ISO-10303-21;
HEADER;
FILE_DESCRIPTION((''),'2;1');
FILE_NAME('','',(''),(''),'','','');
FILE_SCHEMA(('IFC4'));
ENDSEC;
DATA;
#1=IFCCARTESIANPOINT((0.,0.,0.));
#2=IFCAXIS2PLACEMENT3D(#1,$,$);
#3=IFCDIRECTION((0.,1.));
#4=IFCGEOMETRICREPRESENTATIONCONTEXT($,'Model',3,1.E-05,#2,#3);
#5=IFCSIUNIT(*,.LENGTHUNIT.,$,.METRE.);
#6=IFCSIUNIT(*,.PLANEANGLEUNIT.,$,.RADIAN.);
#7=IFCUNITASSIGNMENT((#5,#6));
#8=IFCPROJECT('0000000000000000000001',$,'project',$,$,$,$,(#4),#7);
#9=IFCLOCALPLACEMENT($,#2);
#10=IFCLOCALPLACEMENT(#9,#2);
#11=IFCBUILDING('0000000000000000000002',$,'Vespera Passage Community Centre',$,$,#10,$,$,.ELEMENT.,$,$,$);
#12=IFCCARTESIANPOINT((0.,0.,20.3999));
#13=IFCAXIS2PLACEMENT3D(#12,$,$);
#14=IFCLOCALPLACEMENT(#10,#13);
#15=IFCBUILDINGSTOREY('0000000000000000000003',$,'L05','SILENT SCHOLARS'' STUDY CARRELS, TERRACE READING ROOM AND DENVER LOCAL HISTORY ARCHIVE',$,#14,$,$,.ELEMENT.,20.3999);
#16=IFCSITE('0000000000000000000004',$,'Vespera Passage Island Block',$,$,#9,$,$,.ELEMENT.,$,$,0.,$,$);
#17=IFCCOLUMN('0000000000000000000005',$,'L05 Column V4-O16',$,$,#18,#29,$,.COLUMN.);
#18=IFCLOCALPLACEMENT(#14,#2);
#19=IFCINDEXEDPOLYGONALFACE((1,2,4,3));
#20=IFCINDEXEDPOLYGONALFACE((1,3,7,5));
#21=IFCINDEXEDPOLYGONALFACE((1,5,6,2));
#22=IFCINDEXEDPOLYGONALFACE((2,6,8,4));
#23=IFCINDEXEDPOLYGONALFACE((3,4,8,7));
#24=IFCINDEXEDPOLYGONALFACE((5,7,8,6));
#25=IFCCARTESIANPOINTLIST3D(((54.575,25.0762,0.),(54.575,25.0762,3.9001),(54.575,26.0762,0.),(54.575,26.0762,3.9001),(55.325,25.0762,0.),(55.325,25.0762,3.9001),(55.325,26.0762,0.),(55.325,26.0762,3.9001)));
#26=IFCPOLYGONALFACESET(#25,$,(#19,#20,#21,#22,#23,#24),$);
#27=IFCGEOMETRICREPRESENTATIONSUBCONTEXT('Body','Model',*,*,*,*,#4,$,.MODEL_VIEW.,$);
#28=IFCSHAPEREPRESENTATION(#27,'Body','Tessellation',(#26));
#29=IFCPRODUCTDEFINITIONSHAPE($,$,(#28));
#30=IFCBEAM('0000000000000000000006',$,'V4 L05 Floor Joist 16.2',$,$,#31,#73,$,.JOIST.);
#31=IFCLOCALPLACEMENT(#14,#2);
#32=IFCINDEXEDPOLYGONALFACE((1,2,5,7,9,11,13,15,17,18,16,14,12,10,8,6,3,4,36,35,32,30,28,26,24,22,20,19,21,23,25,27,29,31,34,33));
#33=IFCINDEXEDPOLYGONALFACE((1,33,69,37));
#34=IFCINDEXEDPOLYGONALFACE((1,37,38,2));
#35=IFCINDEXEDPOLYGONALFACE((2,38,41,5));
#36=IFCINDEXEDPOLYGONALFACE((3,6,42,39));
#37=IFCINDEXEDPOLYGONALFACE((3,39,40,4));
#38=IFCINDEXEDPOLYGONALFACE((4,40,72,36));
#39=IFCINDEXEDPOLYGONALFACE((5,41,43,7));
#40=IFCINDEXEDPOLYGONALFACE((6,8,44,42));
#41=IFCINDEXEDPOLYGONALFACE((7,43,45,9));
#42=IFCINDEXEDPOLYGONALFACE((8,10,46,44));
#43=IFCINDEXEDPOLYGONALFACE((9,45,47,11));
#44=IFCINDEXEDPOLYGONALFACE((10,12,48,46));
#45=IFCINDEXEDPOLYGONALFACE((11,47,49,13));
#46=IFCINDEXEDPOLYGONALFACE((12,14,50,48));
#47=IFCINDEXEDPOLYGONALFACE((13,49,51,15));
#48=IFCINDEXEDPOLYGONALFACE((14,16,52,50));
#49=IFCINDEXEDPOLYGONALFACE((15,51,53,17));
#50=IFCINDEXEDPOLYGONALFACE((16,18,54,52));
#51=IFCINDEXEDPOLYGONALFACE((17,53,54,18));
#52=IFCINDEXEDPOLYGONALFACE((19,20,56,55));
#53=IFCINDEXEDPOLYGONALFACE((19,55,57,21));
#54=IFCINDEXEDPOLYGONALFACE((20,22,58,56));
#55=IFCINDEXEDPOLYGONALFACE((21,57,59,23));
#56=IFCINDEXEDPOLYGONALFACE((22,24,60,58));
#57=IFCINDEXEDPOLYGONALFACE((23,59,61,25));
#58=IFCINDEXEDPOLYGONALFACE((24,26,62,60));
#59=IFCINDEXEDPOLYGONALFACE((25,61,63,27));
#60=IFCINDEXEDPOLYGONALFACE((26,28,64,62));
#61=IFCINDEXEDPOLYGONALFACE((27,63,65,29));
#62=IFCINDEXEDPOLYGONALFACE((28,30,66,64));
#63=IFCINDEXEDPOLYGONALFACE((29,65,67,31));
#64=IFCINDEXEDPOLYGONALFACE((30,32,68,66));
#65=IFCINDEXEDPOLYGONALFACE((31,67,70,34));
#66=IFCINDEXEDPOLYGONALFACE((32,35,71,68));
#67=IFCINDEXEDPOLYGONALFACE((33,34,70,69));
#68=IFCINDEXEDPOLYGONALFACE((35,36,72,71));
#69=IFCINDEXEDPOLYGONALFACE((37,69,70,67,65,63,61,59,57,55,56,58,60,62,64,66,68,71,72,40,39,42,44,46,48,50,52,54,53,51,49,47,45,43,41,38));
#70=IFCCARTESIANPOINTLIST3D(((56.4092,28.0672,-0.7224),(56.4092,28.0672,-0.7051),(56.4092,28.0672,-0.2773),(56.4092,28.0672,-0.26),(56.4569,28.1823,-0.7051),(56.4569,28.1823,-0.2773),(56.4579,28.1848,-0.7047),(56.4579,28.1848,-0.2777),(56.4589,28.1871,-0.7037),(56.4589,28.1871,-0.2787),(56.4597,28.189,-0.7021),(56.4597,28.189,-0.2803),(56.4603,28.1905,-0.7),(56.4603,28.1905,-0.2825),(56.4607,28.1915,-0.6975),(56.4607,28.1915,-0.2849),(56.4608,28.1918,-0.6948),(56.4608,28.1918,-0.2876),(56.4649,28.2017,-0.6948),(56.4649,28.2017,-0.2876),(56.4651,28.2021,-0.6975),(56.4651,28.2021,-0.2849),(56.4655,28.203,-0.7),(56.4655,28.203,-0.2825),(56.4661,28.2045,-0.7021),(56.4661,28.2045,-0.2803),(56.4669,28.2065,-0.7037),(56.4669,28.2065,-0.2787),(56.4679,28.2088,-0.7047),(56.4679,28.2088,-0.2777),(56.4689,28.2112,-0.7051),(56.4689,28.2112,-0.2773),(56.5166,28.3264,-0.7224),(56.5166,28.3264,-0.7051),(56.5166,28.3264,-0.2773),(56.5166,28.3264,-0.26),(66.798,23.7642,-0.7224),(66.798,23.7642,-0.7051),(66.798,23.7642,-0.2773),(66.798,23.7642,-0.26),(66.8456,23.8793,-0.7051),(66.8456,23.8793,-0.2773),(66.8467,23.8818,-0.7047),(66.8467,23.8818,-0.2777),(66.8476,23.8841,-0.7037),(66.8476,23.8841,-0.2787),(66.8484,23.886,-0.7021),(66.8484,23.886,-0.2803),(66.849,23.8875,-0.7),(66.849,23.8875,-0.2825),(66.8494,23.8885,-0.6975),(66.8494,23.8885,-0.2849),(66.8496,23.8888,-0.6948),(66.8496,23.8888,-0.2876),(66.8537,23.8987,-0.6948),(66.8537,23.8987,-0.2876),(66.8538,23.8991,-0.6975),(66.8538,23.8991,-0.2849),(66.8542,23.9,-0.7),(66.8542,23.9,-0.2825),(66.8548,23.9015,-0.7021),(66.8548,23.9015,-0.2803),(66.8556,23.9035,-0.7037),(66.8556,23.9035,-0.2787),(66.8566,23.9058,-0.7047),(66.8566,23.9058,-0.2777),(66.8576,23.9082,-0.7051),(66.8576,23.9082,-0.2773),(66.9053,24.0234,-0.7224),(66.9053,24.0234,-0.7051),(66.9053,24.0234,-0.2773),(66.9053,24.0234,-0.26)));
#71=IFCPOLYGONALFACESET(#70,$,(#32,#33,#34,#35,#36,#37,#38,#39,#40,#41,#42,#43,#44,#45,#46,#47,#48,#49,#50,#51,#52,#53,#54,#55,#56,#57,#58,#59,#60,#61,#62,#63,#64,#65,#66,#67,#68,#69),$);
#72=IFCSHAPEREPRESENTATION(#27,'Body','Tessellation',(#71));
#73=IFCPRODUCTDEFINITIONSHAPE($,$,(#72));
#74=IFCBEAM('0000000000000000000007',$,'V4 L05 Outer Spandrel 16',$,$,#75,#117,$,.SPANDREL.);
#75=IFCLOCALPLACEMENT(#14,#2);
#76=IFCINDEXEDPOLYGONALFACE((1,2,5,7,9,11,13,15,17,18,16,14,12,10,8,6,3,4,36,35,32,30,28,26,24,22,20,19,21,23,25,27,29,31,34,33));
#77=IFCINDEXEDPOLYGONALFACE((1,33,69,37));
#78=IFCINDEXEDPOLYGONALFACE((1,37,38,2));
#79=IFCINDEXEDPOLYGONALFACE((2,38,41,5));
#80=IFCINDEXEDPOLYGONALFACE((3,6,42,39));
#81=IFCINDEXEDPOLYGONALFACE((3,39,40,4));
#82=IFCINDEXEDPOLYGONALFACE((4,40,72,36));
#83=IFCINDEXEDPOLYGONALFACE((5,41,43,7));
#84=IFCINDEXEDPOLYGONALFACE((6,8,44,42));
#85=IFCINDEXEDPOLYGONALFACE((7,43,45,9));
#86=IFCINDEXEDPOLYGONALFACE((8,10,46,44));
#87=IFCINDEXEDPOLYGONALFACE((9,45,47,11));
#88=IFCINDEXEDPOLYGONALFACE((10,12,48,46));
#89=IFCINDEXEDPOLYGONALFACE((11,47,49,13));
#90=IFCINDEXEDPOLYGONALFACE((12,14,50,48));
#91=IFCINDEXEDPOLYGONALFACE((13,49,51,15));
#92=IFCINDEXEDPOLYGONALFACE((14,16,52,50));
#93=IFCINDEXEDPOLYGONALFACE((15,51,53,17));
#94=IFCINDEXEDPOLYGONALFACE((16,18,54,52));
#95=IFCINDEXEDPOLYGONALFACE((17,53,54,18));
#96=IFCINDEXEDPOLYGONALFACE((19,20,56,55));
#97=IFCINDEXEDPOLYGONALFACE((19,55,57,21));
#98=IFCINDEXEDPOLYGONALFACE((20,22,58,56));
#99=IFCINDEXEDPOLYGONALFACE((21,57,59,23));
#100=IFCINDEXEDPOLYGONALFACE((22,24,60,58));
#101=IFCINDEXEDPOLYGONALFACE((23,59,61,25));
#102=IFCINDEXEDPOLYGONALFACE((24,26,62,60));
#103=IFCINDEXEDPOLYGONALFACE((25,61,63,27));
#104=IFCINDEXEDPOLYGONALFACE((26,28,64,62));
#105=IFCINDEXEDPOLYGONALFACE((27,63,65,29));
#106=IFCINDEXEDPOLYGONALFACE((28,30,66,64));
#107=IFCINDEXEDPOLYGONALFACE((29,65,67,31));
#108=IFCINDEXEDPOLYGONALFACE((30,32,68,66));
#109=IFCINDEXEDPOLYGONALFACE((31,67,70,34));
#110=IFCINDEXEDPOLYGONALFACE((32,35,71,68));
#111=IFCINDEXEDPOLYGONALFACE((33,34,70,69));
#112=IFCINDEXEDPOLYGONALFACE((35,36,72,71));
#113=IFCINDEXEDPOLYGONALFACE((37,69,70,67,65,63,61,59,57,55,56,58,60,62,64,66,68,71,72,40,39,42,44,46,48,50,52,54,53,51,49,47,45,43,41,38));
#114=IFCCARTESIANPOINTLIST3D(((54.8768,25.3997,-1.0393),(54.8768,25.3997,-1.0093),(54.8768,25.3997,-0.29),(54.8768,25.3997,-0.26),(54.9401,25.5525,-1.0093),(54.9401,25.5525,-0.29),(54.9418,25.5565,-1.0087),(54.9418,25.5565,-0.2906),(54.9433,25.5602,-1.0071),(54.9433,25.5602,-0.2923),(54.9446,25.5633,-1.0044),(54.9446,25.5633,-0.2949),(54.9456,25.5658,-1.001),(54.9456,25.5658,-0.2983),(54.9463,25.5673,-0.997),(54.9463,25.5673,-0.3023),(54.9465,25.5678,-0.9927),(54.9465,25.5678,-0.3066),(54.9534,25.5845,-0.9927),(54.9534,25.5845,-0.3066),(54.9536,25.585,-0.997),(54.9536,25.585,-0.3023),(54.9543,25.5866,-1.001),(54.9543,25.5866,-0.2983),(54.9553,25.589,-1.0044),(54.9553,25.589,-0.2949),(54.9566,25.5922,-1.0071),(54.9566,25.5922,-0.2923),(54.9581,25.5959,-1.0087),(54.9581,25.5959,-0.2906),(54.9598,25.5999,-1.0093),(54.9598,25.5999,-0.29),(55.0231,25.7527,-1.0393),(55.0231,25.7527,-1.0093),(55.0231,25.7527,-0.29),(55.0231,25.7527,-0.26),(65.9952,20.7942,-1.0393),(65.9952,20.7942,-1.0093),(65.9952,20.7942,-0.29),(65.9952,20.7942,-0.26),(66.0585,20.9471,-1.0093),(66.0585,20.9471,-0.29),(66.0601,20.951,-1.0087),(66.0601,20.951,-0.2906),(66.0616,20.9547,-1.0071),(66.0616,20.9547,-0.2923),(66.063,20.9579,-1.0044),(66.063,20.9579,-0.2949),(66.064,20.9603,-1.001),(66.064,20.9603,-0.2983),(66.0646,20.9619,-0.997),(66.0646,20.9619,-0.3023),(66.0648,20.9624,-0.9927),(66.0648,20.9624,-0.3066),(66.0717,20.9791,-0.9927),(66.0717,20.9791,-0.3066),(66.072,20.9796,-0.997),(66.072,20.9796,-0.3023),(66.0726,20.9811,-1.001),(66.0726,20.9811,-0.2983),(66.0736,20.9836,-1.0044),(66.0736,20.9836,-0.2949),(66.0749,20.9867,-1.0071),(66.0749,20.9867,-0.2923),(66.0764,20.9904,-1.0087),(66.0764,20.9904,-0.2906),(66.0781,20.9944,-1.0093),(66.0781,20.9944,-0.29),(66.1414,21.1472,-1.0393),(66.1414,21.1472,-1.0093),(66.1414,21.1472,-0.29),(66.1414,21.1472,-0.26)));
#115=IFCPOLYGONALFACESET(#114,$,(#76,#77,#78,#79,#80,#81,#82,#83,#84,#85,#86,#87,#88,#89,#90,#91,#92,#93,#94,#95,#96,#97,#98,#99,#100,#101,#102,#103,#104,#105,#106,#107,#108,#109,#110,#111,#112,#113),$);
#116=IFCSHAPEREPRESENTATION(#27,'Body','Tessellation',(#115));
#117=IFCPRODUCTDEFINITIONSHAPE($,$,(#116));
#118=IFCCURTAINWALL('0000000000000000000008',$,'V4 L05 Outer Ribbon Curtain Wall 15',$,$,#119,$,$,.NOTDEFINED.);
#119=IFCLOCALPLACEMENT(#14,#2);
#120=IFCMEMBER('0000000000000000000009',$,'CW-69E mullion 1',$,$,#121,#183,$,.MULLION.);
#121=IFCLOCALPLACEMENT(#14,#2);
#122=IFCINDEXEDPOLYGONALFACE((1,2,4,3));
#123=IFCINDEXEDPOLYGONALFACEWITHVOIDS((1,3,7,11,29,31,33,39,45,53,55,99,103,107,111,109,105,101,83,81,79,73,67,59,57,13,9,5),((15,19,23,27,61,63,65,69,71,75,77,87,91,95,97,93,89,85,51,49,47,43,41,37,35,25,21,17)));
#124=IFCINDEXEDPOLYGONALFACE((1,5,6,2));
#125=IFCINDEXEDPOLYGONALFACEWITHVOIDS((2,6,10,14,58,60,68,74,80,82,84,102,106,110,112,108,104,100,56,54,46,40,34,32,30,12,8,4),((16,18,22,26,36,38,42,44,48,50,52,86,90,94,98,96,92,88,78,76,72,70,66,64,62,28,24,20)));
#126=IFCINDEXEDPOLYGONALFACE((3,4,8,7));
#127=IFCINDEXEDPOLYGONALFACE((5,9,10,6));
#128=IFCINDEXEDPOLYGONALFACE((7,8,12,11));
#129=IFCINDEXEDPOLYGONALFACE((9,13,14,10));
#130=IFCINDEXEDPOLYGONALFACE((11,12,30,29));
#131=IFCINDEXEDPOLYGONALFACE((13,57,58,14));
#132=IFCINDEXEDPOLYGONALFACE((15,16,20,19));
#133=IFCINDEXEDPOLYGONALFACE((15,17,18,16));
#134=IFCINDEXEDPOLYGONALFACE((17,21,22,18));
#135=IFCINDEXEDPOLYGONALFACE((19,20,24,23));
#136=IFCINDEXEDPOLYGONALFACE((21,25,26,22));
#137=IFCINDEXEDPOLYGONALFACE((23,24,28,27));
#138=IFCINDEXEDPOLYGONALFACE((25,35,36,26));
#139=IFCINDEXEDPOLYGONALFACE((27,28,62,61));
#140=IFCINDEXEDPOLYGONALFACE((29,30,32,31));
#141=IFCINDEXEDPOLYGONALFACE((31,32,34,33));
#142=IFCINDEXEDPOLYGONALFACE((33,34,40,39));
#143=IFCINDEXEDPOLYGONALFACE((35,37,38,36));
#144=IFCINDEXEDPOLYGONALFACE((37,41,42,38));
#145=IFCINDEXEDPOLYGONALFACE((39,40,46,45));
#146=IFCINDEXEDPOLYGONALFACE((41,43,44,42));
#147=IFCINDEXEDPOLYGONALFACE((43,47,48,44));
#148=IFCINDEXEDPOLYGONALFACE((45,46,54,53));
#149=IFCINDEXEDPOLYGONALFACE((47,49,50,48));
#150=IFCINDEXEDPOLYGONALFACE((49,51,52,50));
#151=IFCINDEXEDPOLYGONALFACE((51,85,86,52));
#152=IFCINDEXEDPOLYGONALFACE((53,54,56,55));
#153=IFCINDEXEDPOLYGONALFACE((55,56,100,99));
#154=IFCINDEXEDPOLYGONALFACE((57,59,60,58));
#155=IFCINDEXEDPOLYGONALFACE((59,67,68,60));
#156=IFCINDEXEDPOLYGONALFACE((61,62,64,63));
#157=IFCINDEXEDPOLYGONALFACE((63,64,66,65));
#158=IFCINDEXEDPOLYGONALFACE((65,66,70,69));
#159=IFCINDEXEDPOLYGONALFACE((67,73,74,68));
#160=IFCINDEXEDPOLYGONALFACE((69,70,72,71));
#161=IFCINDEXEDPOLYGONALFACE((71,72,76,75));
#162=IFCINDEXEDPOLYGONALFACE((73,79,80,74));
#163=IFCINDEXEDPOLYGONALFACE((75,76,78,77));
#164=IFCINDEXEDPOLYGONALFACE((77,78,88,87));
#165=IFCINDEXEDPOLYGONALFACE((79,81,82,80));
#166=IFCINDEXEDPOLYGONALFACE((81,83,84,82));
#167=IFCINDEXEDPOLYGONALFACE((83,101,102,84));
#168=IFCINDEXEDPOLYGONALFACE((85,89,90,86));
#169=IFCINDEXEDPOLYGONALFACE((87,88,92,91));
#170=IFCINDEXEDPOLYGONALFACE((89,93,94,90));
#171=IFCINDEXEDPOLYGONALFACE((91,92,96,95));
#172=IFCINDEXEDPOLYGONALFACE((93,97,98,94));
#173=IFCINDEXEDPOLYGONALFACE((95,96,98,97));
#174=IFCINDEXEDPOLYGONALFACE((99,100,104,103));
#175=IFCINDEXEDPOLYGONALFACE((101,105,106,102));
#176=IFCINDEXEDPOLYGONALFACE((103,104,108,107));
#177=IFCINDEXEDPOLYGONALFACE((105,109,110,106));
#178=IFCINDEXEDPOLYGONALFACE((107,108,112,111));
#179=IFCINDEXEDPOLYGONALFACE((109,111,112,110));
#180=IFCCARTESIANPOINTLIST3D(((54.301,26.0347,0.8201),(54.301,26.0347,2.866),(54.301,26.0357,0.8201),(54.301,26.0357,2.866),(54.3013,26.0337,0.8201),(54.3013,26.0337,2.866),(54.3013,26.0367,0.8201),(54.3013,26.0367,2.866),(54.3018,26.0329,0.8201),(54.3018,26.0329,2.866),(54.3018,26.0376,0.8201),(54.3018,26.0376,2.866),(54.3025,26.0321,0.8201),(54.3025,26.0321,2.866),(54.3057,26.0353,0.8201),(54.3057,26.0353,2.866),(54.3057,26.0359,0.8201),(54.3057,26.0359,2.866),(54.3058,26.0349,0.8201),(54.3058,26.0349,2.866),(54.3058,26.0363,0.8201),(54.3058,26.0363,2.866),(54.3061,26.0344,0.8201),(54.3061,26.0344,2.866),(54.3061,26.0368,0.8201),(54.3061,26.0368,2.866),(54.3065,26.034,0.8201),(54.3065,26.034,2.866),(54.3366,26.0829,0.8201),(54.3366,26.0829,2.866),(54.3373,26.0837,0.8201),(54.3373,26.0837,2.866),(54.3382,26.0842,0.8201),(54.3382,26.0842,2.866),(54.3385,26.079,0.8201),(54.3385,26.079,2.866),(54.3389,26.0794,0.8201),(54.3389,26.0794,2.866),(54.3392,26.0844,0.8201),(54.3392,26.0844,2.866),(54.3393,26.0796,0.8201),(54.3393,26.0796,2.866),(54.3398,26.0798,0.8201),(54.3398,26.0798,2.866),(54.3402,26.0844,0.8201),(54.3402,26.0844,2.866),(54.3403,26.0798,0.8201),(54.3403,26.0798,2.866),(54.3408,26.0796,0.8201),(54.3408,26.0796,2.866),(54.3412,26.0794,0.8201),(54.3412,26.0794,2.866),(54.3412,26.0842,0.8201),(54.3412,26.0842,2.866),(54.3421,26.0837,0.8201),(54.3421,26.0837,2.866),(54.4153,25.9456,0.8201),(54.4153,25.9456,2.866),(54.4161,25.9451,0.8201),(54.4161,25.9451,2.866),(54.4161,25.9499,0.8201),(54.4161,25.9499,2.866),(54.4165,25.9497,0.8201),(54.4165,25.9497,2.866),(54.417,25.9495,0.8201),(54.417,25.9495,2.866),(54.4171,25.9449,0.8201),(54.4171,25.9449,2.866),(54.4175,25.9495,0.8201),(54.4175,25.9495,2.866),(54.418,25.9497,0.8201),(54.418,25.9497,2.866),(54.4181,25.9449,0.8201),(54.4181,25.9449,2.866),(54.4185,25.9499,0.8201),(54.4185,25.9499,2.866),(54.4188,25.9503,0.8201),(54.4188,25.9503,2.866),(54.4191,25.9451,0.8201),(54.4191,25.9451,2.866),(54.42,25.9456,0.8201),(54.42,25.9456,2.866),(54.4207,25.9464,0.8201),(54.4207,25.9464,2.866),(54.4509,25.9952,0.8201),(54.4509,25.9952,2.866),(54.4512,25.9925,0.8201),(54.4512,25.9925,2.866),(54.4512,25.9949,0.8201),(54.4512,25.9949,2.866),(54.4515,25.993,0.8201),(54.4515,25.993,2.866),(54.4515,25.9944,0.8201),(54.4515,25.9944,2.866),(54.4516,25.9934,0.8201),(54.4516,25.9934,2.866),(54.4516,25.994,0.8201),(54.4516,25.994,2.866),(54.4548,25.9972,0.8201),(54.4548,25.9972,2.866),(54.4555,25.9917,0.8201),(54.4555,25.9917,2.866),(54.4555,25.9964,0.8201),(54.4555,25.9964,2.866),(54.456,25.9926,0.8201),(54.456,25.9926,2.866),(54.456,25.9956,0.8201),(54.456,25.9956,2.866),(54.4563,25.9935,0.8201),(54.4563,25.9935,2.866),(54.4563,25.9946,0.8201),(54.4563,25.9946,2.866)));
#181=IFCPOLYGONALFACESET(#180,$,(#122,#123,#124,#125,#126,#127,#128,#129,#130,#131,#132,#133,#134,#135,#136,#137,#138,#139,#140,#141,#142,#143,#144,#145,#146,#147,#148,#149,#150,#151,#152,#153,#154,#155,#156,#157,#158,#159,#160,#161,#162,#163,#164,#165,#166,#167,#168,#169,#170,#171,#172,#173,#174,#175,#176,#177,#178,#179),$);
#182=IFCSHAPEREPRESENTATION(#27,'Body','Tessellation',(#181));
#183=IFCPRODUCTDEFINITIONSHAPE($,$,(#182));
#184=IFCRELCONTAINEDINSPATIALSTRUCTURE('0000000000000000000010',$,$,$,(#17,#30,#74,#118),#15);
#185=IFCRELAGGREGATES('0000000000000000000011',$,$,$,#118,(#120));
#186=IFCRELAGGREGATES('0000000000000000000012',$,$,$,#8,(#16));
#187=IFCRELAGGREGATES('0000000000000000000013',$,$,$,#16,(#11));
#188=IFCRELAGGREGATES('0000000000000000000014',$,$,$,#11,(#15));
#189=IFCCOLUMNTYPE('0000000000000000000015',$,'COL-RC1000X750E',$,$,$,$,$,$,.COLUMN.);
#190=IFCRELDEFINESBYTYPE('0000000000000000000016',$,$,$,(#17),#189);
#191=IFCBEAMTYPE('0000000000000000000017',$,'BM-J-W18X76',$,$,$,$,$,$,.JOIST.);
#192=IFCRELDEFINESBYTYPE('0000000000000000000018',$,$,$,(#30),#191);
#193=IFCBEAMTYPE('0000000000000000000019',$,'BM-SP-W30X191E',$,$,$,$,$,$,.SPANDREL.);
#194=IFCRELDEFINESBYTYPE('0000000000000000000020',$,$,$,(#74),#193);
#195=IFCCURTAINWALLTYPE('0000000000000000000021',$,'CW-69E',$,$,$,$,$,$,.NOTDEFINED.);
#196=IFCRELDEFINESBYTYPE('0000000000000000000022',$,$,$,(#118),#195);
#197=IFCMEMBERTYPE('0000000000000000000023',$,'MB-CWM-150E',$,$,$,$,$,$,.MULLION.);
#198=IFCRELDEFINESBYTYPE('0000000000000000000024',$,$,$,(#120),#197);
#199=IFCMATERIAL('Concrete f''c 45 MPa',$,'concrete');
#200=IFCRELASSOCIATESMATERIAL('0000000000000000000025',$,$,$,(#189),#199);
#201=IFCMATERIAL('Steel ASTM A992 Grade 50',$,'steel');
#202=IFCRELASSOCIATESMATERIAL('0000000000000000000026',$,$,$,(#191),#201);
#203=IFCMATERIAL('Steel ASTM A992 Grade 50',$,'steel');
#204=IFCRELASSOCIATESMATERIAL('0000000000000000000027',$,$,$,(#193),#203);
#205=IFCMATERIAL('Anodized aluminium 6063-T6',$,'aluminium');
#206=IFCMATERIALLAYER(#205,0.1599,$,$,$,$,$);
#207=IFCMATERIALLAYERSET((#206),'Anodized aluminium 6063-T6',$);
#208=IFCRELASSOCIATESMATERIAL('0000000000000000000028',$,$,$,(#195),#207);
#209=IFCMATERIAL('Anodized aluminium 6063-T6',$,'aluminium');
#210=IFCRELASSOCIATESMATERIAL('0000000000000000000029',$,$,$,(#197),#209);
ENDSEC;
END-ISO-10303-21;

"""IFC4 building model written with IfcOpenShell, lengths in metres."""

from ifc_helpers import new_model, si_unit, direction, frame, origin, origin_2d, place, context, subcontext, project, spatial, rectangle, hollow_rectangle, i_section, extrude, material, layer, layer_set, material_profile, profile_set, type_object, element, aggregate, save


model = new_model("IFC4")

# Units and contexts
model_context = context("Model", 3, precision=1e-05, world=origin(), true_north=direction((0.0, 1.0)))
body_context = subcontext(model_context, "Body", "Model", "MODEL_VIEW")
ifc_project = project(units=[si_unit("LENGTHUNIT", "METRE"), si_unit("PLANEANGLEUNIT", "RADIAN")], contexts=[model_context])

# Site, building, storey
site_placement = place(None, origin())
site = spatial("IfcSite", under=ifc_project, at=site_placement, Name="Vespera Passage Island Block", CompositionType="ELEMENT", RefElevation=0.0)
building_placement = place(site_placement, origin())
building = spatial("IfcBuilding", under=site, at=building_placement, Name="Vespera Passage Community Centre", CompositionType="ELEMENT")
storey_placement = place(building_placement, frame((0.0, 0.0, 20.3999)))
storey = spatial("IfcBuildingStorey", under=building, at=storey_placement, Name="L05", Description="SILENT SCHOLARS' STUDY CARRELS, TERRACE READING ROOM AND DENVER LOCAL HISTORY ARCHIVE", CompositionType="ELEMENT", Elevation=20.3999)

# Column
ifc_material_1 = material(Name="Concrete f'c 45 MPa", Category="concrete")
ifc_material_profile_1 = material_profile(ifc_material_1, rectangle(XDim=0.75, YDim=1.0, at=origin_2d()), Name="RC1000X750")
ifc_profile_set_1 = profile_set([ifc_material_profile_1], Name="Concrete f'c 45 MPa")
column_type = type_object("IfcColumnType", Name="COL-RC1000X750E", PredefinedType="COLUMN", material=ifc_profile_set_1)
column_placement = place(storey_placement, frame((54.95, 25.5762, 0.0), z_axis=(0.0, 0.0, 1.0), x_axis=(1.0, 0.0, 0.0)))
element("IfcColumn", 1, at=column_placement, inside=storey, type_object=column_type, Name="L05 Column V4-O16", PredefinedType="COLUMN", context=body_context, shape_type="SweptSolid", body=[
    extrude(rectangle(XDim=0.75, YDim=1.0, at=origin_2d()), origin(), (0.0, 0.0, 1.0), 3.9001),
])

# Beams
ifc_material_2 = material(Name="Steel ASTM A992 Grade 50", Category="steel")
ifc_material_profile_2 = material_profile(ifc_material_2, i_section(OverallWidth=0.2805, OverallDepth=0.4624, WebThickness=0.0107, FlangeThickness=0.0173, FilletRadius=0.0103, at=origin_2d()), Name="W18X76")
ifc_profile_set_2 = profile_set([ifc_material_profile_2], Name="Steel ASTM A992 Grade 50")
beam_type_1 = type_object("IfcBeamType", Name="BM-J-W18X76", PredefinedType="JOIST", material=ifc_profile_set_2)
beam_1_placement = place(storey_placement, frame((56.4629, 28.1968, -0.4912), z_axis=(0.923884, -0.382672, 0.0), x_axis=(0.382672, 0.923884, 0.0)))
element("IfcBeam", 2, at=beam_1_placement, inside=storey, type_object=beam_type_1, Name="V4 L05 Floor Joist 16.2", PredefinedType="JOIST", context=body_context, shape_type="SweptSolid", body=[
    extrude(i_section(OverallWidth=0.2805, OverallDepth=0.4624, WebThickness=0.0107, FlangeThickness=0.0173, FilletRadius=0.0103, at=origin_2d()), origin(), (0.0, 0.0, 1.0), 11.2446),
])
ifc_material_3 = material(Name="Steel ASTM A992 Grade 50", Category="steel")
ifc_material_profile_3 = material_profile(ifc_material_3, i_section(OverallWidth=0.3821, OverallDepth=0.7793, WebThickness=0.0181, FlangeThickness=0.03, FilletRadius=0.0166, at=origin_2d()), Name="W30X191")
ifc_profile_set_3 = profile_set([ifc_material_profile_3], Name="Steel ASTM A992 Grade 50")
beam_type_2 = type_object("IfcBeamType", Name="BM-SP-W30X191E", PredefinedType="SPANDREL", material=ifc_profile_set_3)
beam_2_placement = place(storey_placement, frame((54.95, 25.5762, -0.6497), z_axis=(0.923877, -0.382689, 0.0), x_axis=(0.382689, 0.923877, 0.0)))
element("IfcBeam", 3, at=beam_2_placement, inside=storey, type_object=beam_type_2, Name="V4 L05 Outer Spandrel 16", PredefinedType="SPANDREL", context=body_context, shape_type="SweptSolid", body=[
    extrude(i_section(OverallWidth=0.3821, OverallDepth=0.7793, WebThickness=0.0181, FlangeThickness=0.03, FilletRadius=0.0166, at=origin_2d()), origin(), (0.0, 0.0, 1.0), 12.0344),
])

# Curtain wall, member
ifc_material_4 = material(Name="Anodized aluminium 6063-T6", Category="aluminium")
ifc_layer_1 = layer(ifc_material_4, 0.1599)
ifc_layer_set_1 = layer_set([ifc_layer_1], Name="Anodized aluminium 6063-T6")
curtain_wall_type_1 = type_object("IfcCurtainWallType", Name="CW-69E", PredefinedType="NOTDEFINED", material=ifc_layer_set_1)
curtain_wall_1_placement = place(storey_placement, origin())
curtain_wall_1 = element("IfcCurtainWall", 4, at=curtain_wall_1_placement, inside=storey, type_object=curtain_wall_type_1, Name="V4 L05 Outer Ribbon Curtain Wall 15", PredefinedType="NOTDEFINED")
ifc_material_5 = material(Name="Anodized aluminium 6063-T6", Category="aluminium")
ifc_material_profile_4 = material_profile(ifc_material_5, hollow_rectangle(XDim=0.0649, YDim=0.1499, WallThickness=0.0039, InnerFilletRadius=0.002, OuterFilletRadius=0.0039, at=origin_2d()), Name="ALU150X65X4")
ifc_profile_set_4 = profile_set([ifc_material_profile_4], Name="Anodized aluminium 6063-T6")
member_type_1 = type_object("IfcMemberType", Name="MB-CWM-150E", PredefinedType="MULLION", material=ifc_profile_set_4)
member_1_placement = place(storey_placement, frame((54.3787, 26.0146, 0.8201), z_axis=(0.0, 0.0, 1.0), x_axis=(-0.608772, -0.793345, 0.0)))
member_1 = element("IfcMember", 5, at=member_1_placement, type_object=member_type_1, Name="CW-69E mullion 1", PredefinedType="MULLION", context=body_context, shape_type="SweptSolid", body=[
    extrude(hollow_rectangle(XDim=0.0649, YDim=0.1499, WallThickness=0.0039, InnerFilletRadius=0.002, OuterFilletRadius=0.0039, at=origin_2d()), origin(), (0.0, 0.0, 1.0), 2.0459),
])

aggregate(curtain_wall_1, [member_1])

save(model, "model.ifc")
